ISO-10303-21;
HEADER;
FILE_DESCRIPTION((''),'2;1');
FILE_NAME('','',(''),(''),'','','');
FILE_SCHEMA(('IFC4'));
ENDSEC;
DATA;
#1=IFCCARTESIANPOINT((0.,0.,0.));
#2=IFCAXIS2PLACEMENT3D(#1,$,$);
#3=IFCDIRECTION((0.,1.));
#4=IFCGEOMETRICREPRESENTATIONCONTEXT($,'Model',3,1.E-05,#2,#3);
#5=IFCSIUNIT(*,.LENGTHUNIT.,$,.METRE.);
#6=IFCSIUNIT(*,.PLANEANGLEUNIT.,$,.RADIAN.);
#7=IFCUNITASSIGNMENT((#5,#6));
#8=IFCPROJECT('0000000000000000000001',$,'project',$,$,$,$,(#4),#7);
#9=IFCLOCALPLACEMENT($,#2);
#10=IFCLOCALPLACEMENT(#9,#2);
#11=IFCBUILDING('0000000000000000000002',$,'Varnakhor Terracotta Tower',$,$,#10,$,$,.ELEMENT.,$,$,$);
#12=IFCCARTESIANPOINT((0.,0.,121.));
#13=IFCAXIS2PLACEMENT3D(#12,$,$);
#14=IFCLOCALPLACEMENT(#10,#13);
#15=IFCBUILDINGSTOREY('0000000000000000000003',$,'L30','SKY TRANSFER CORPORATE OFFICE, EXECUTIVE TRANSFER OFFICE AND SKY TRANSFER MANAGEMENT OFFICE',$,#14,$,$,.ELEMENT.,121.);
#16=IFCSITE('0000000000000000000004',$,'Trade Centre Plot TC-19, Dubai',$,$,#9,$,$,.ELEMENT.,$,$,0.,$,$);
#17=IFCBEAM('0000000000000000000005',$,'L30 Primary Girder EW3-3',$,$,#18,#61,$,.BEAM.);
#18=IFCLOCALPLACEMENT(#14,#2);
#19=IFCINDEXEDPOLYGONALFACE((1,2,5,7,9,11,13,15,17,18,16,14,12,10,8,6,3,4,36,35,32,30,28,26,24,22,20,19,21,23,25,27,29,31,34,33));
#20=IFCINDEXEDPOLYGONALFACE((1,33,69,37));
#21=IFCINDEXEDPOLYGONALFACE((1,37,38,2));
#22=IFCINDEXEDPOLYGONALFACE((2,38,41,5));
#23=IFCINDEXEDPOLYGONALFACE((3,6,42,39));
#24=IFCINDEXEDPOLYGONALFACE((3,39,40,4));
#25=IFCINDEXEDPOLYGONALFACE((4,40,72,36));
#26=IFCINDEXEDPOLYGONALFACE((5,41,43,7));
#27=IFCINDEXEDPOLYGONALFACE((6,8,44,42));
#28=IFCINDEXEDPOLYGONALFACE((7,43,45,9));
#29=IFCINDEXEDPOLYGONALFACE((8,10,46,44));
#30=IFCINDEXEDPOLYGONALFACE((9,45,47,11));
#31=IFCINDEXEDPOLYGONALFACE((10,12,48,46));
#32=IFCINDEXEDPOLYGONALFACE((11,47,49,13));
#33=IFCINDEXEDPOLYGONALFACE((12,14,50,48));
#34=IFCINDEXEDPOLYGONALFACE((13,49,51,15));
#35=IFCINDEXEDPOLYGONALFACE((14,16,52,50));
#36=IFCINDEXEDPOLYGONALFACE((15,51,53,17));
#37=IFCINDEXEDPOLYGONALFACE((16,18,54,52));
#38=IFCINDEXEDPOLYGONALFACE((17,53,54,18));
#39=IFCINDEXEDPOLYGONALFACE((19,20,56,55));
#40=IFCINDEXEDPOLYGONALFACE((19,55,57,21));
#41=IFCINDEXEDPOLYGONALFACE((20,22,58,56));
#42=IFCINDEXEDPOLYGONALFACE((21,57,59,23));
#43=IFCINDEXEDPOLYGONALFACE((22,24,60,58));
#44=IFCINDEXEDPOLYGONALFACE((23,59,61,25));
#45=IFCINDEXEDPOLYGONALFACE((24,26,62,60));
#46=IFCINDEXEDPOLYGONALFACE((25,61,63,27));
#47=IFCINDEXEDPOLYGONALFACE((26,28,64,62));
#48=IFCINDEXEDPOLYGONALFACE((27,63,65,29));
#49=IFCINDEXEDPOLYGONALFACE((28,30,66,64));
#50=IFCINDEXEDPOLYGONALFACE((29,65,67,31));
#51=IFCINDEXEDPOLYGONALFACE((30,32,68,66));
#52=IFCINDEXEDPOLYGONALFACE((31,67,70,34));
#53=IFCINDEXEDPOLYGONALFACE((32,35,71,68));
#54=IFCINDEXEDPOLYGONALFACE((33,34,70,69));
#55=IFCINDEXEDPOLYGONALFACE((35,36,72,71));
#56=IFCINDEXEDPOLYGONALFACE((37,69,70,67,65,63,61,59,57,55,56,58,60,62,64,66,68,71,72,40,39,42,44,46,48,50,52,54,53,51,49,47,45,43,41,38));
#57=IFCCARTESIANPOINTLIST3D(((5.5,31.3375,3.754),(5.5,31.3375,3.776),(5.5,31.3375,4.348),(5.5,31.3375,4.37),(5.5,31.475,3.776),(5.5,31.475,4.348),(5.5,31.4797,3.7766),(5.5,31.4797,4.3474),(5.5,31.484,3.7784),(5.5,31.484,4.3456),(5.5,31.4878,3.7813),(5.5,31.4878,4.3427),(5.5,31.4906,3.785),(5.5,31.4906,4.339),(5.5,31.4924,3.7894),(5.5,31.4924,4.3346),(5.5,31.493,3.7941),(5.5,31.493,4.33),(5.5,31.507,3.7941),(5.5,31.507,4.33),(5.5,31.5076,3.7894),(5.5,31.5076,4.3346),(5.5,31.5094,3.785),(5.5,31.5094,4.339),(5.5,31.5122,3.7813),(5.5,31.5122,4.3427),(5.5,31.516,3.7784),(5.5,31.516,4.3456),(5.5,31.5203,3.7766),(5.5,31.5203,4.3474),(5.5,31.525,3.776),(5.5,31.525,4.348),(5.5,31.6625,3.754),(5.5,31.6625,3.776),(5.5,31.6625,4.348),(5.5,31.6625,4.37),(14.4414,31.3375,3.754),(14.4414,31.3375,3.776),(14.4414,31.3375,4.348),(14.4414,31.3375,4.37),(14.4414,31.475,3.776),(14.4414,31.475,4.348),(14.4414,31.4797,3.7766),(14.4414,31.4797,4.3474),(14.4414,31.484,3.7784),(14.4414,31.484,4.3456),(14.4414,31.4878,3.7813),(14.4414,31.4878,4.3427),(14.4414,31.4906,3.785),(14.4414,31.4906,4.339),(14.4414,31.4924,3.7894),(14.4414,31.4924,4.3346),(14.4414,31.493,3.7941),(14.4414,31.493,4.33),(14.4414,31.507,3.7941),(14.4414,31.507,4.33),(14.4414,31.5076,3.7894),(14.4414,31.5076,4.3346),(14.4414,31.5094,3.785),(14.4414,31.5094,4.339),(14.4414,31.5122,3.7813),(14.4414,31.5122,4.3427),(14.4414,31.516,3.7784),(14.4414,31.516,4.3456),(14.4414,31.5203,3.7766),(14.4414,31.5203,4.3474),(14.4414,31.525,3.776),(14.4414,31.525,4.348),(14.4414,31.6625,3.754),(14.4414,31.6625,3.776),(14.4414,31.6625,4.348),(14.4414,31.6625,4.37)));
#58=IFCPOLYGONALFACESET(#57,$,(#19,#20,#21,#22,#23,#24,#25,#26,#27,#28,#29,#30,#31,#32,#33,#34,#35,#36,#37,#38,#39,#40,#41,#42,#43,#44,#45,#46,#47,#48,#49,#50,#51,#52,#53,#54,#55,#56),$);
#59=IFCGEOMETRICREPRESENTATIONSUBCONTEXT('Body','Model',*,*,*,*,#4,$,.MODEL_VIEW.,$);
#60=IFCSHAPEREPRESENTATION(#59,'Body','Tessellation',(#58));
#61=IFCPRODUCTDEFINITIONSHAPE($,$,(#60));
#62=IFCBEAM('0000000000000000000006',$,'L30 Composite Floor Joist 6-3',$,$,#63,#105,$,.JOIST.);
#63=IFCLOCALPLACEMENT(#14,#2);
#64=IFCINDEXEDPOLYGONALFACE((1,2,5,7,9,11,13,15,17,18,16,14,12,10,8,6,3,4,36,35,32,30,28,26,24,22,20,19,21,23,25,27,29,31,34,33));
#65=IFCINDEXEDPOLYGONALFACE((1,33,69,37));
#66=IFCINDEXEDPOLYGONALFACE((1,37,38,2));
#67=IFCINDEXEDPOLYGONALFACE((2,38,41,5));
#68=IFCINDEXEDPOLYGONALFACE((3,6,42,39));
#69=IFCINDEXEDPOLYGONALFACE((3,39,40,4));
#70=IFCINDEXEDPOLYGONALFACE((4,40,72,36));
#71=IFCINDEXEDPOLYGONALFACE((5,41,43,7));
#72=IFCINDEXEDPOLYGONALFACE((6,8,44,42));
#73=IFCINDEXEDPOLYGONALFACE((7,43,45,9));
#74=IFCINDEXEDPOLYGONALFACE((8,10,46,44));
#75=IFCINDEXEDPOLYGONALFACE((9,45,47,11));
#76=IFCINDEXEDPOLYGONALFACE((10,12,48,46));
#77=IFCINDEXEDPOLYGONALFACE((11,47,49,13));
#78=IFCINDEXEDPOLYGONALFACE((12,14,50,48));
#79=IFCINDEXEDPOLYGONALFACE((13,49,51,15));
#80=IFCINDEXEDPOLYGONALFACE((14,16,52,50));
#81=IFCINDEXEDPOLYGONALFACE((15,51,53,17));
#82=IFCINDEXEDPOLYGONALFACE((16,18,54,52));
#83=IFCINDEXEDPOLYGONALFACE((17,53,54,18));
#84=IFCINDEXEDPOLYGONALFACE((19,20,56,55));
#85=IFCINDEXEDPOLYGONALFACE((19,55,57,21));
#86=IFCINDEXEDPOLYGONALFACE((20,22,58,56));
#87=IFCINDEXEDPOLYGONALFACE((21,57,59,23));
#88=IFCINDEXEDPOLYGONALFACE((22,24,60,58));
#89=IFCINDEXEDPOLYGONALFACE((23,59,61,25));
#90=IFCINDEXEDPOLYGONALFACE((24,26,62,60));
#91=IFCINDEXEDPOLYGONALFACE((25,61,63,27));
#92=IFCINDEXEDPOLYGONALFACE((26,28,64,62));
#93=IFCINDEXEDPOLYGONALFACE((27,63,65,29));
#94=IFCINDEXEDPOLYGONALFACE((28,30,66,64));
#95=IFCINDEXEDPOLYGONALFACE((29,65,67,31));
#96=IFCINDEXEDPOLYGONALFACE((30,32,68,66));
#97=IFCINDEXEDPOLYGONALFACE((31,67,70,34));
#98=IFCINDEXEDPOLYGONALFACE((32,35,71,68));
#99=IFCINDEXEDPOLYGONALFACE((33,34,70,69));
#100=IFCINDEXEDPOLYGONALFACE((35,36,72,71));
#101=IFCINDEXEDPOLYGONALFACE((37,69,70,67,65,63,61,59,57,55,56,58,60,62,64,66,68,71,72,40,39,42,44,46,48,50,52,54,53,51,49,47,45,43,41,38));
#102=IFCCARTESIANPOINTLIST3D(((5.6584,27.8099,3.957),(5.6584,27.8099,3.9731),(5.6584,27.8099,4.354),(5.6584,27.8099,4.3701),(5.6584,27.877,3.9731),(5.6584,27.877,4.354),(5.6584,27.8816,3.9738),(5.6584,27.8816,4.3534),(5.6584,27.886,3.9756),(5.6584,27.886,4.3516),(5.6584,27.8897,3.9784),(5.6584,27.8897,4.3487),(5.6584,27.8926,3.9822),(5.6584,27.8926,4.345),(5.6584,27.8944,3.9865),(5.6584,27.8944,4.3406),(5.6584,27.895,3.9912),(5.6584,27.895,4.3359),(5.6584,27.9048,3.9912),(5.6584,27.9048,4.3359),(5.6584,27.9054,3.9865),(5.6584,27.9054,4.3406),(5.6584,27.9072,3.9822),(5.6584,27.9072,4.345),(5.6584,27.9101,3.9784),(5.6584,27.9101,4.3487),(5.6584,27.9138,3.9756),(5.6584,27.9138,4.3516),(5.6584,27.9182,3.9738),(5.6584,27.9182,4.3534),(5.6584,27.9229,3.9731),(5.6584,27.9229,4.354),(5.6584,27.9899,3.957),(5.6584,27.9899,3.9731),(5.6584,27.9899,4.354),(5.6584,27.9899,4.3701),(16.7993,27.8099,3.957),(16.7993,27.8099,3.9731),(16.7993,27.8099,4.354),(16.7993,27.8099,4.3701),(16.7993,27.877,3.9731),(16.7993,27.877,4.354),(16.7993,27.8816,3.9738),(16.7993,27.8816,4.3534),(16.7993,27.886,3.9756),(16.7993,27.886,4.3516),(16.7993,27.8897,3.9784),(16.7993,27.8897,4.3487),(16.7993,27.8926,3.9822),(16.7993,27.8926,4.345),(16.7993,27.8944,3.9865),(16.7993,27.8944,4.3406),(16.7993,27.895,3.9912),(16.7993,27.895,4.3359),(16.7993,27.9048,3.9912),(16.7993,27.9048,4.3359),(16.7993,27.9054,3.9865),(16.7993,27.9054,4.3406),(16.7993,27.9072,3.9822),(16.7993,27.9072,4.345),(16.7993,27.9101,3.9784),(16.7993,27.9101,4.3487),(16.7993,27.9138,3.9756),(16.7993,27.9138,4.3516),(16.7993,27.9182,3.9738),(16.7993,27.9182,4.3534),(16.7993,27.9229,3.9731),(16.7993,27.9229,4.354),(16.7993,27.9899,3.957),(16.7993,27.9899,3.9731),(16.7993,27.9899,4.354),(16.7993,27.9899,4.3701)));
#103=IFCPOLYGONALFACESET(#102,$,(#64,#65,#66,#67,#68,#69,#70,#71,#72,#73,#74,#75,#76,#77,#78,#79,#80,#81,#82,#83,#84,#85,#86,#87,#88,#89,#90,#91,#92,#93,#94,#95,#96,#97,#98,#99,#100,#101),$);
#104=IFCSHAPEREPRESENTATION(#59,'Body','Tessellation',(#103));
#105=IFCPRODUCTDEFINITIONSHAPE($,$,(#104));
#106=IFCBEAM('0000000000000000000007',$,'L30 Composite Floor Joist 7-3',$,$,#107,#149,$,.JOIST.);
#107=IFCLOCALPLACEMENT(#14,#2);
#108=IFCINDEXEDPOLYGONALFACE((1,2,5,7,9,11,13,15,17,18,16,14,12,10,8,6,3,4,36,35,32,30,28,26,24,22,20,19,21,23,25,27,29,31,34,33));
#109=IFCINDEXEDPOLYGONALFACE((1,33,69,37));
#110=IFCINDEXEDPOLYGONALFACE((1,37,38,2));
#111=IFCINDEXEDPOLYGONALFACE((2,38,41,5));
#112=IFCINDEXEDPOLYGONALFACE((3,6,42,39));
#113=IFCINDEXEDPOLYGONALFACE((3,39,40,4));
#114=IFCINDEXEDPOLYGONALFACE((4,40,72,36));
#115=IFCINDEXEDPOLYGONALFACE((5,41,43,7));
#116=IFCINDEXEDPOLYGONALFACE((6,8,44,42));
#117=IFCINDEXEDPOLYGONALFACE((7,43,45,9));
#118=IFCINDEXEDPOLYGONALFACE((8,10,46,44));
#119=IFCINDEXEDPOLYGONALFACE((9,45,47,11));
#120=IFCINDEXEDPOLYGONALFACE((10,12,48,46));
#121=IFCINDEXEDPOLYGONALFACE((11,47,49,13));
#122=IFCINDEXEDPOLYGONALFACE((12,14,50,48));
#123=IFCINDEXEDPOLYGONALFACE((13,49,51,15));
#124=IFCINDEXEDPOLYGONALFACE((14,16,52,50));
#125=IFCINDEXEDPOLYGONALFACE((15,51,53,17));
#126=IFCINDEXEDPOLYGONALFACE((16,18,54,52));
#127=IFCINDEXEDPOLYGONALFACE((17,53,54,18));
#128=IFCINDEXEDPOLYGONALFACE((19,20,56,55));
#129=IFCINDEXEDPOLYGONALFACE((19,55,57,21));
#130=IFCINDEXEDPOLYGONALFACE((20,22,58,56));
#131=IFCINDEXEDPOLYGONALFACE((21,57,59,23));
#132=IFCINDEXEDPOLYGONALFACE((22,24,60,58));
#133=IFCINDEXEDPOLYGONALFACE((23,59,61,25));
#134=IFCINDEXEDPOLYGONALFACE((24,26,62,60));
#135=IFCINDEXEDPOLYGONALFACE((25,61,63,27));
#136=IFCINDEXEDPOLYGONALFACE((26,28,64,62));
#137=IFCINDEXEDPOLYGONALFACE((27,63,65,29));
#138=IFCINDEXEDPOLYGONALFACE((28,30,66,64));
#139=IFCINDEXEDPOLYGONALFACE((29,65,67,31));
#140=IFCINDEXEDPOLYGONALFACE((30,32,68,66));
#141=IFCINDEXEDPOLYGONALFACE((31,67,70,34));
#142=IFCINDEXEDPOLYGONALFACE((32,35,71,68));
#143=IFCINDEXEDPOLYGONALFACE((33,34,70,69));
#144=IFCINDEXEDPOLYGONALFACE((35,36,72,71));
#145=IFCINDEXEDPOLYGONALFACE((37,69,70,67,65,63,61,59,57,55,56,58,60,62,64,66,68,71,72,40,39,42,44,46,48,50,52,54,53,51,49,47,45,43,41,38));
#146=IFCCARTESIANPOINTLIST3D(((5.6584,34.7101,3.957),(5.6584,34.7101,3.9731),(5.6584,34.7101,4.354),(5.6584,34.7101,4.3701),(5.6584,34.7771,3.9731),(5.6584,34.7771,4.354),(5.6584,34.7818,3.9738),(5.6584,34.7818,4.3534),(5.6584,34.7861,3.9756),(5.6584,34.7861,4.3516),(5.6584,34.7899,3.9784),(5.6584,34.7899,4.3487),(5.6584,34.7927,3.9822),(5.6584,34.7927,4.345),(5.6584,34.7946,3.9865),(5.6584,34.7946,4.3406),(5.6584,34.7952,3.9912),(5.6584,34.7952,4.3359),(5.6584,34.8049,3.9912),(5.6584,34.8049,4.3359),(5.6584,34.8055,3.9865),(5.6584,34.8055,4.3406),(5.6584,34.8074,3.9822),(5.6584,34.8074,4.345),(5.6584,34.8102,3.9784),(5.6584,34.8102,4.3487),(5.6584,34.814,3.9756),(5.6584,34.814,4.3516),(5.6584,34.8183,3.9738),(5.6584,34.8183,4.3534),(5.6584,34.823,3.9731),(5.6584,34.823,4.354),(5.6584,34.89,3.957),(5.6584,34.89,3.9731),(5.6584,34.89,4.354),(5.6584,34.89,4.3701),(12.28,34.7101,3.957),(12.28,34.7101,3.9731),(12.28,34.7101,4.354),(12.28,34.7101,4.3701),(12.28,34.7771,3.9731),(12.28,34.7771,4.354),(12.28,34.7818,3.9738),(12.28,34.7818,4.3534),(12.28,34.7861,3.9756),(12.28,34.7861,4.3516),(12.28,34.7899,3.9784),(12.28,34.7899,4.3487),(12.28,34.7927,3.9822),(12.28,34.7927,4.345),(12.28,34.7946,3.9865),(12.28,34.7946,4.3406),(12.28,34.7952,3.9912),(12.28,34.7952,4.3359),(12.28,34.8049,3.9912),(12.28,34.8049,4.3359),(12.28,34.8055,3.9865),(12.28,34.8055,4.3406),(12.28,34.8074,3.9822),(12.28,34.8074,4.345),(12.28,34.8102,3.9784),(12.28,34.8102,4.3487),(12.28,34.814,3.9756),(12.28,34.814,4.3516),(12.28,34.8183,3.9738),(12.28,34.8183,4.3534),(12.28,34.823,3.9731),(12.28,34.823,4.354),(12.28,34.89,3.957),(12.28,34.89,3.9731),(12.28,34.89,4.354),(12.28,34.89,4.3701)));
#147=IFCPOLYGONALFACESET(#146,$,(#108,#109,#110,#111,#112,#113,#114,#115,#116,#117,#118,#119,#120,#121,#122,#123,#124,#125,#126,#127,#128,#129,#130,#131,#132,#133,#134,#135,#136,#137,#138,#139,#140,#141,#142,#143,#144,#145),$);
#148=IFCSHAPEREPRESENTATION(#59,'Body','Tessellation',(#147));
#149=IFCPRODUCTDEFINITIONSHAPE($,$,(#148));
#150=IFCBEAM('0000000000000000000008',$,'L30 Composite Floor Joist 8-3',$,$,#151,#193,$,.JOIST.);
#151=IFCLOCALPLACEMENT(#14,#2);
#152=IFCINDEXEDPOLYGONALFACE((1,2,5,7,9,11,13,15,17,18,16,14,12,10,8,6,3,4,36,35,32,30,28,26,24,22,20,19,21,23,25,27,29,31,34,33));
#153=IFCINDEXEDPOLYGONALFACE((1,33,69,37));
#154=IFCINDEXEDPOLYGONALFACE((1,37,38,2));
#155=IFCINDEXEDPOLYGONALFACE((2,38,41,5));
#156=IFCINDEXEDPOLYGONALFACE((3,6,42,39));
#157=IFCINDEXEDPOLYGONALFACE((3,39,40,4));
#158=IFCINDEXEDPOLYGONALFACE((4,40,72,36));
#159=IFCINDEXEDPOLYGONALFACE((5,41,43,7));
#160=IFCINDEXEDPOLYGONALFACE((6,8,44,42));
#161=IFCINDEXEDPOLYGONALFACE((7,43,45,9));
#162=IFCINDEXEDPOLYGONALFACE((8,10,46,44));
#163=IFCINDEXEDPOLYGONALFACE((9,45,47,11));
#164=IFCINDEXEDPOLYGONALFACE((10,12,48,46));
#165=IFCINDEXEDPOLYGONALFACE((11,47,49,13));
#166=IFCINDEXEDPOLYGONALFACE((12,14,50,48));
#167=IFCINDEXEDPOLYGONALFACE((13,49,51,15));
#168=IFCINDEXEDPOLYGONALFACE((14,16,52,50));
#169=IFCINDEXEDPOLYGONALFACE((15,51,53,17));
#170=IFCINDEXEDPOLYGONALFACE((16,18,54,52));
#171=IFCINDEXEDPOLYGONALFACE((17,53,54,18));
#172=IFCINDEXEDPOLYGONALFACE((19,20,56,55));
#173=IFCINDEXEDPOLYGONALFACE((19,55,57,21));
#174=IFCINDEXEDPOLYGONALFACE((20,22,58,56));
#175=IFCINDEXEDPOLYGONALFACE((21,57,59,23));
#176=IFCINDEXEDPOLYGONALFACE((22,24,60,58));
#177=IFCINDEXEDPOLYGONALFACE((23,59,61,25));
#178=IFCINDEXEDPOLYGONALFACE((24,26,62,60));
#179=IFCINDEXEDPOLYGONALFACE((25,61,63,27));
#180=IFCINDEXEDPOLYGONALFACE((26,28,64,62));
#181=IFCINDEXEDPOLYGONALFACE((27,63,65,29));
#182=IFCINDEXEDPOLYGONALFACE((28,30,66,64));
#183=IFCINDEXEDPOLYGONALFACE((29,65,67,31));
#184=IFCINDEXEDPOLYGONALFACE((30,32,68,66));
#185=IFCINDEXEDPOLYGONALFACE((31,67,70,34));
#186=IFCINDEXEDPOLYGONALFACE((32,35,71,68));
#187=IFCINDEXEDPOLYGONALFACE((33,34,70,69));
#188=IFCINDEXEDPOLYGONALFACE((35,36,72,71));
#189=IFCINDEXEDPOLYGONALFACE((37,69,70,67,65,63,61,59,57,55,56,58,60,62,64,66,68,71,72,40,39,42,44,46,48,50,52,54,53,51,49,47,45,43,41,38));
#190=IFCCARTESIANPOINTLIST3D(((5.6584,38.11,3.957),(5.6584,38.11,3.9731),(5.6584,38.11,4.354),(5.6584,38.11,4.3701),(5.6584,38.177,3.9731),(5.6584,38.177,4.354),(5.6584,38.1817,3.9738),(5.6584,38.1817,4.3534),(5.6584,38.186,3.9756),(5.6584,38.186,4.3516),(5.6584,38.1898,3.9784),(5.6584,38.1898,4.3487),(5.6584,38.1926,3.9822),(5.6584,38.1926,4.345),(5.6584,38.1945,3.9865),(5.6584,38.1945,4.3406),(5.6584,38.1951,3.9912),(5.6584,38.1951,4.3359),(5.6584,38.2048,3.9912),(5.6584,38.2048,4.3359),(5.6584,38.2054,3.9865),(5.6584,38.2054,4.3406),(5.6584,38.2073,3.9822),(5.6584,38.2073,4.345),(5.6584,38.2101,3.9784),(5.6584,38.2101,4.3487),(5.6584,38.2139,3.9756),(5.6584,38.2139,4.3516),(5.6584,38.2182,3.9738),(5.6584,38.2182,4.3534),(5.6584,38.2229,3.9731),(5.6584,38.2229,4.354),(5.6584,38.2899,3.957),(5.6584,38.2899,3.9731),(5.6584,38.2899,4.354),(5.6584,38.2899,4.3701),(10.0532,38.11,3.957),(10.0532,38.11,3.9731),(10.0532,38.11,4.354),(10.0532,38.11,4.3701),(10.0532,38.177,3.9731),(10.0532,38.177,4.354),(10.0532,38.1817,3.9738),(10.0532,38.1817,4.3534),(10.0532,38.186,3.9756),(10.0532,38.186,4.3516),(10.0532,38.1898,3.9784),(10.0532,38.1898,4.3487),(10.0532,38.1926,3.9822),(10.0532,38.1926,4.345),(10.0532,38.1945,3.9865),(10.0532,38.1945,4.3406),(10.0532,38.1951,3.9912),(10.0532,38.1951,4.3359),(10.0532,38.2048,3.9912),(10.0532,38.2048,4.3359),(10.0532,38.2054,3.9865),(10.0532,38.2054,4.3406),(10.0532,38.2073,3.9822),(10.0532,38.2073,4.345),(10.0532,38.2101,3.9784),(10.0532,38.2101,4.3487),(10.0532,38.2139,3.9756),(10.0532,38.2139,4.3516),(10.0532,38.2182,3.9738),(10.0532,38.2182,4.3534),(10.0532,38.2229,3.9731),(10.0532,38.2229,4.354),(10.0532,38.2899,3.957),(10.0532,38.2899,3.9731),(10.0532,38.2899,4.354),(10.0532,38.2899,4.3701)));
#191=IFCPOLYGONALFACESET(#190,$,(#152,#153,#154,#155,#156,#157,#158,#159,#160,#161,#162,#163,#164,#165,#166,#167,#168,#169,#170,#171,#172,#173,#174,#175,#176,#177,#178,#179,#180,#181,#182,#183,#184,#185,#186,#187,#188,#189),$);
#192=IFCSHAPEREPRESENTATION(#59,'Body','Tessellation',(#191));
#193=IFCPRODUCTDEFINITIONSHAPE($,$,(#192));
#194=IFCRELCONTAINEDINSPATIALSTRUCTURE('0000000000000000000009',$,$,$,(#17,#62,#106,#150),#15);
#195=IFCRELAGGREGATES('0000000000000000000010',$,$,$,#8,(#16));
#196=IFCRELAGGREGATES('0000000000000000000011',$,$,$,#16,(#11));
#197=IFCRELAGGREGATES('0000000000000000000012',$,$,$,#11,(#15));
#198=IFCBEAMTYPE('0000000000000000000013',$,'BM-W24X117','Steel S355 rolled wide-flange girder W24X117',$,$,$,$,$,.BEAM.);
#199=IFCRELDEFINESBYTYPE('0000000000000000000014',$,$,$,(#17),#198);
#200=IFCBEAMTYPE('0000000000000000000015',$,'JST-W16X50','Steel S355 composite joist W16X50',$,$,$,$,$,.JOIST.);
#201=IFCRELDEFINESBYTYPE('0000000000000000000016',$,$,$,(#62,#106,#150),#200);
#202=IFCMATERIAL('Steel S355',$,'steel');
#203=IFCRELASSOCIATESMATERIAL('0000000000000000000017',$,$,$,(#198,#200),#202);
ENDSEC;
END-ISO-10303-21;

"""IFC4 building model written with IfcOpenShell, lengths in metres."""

from ifc_helpers import new_model, si_unit, direction, frame, origin, origin_2d, place, context, subcontext, project, spatial, i_section, extrude, source, transform, mapped, material, material_profile, profile_set, type_object, element, save


model = new_model("IFC4")

# Units and contexts
model_context = context("Model", 3, precision=1e-05, world=origin(), true_north=direction((0.0, 1.0)))
body_context = subcontext(model_context, "Body", "Model", "MODEL_VIEW")
ifc_project = project(units=[si_unit("LENGTHUNIT", "METRE"), si_unit("PLANEANGLEUNIT", "RADIAN")], contexts=[model_context])

# Site, building, storey
site_placement = place(None, origin())
site = spatial("IfcSite", under=ifc_project, at=site_placement, Name="Trade Centre Plot TC-19, Dubai", CompositionType="ELEMENT", RefElevation=0.0)
building_placement = place(site_placement, origin())
building = spatial("IfcBuilding", under=site, at=building_placement, Name="Varnakhor Terracotta Tower", CompositionType="ELEMENT")
storey_placement = place(building_placement, frame((0.0, 0.0, 121.0)))
storey = spatial("IfcBuildingStorey", under=building, at=storey_placement, Name="L30", Description="SKY TRANSFER CORPORATE OFFICE, EXECUTIVE TRANSFER OFFICE AND SKY TRANSFER MANAGEMENT OFFICE", CompositionType="ELEMENT", Elevation=121.0)

# Beams
ifc_material_1 = material(Name="Steel S355", Category="steel")
ifc_material_profile_1 = material_profile(ifc_material_1, i_section(OverallWidth=0.325, OverallDepth=0.616, WebThickness=0.0139, FlangeThickness=0.022, FilletRadius=0.0181, at=origin_2d()), Name="W24X117")
ifc_profile_set_1 = profile_set([ifc_material_profile_1], Name="Steel S355")
beam_type_1 = type_object("IfcBeamType", Name="BM-W24X117", Description="Steel S355 rolled wide-flange girder W24X117", PredefinedType="BEAM", material=ifc_profile_set_1)
shared_shape_1 = source(origin(), body_context, "Body", "SweptSolid", [
    extrude(i_section(OverallWidth=0.325, OverallDepth=0.616, WebThickness=0.0139, FlangeThickness=0.022, FilletRadius=0.0181, at=origin_2d()), origin(), (0.0, 0.0, 1.0), 8.9414),
])
beam_1_placement = place(storey_placement, frame((5.5, 31.5, 4.062), z_axis=(1.0, 0.0, 0.0), x_axis=(0.0, 1.0, 0.0)))
element("IfcBeam", 1, at=beam_1_placement, inside=storey, type_object=beam_type_1, Name="L30 Primary Girder EW3-3", PredefinedType="BEAM", context=body_context, shape_type="MappedRepresentation", body=[
    mapped(shared_shape_1, transform((0.0, 0.0, 0.0), scale=1.0)),
])
ifc_material_profile_2 = material_profile(ifc_material_1, i_section(OverallWidth=0.1799, OverallDepth=0.4131, WebThickness=0.0098, FlangeThickness=0.0161, FilletRadius=0.0181, at=origin_2d()), Name="W16X50")
ifc_profile_set_2 = profile_set([ifc_material_profile_2], Name="Steel S355")
beam_type_2 = type_object("IfcBeamType", Name="JST-W16X50", Description="Steel S355 composite joist W16X50", PredefinedType="JOIST", material=ifc_profile_set_2)
shared_shape_2 = source(origin(), body_context, "Body", "SweptSolid", [
    extrude(i_section(OverallWidth=0.1799, OverallDepth=0.4131, WebThickness=0.0098, FlangeThickness=0.0161, FilletRadius=0.0181, at=origin_2d()), origin(), (0.0, 0.0, 1.0), 11.1409),
])
beam_2_placement = place(storey_placement, frame((5.6584, 27.8999, 4.1636), z_axis=(1.0, 0.0, 0.0), x_axis=(0.0, 1.0, 0.0)))
element("IfcBeam", 2, at=beam_2_placement, inside=storey, type_object=beam_type_2, Name="L30 Composite Floor Joist 6-3", PredefinedType="JOIST", context=body_context, shape_type="MappedRepresentation", body=[
    mapped(shared_shape_2, transform((0.0, 0.0, 0.0), scale=1.0)),
])
shared_shape_3 = source(origin(), body_context, "Body", "SweptSolid", [
    extrude(i_section(OverallWidth=0.1799, OverallDepth=0.4131, WebThickness=0.0098, FlangeThickness=0.0161, FilletRadius=0.0181, at=origin_2d()), origin(), (0.0, 0.0, 1.0), 6.6216),
])
beam_3_placement = place(storey_placement, frame((5.6584, 34.8, 4.1636), z_axis=(1.0, 0.0, 0.0), x_axis=(0.0, 1.0, 0.0)))
element("IfcBeam", 3, at=beam_3_placement, inside=storey, type_object=beam_type_2, Name="L30 Composite Floor Joist 7-3", PredefinedType="JOIST", context=body_context, shape_type="MappedRepresentation", body=[
    mapped(shared_shape_3, transform((0.0, 0.0, 0.0), scale=1.0)),
])
shared_shape_4 = source(origin(), body_context, "Body", "SweptSolid", [
    extrude(i_section(OverallWidth=0.1799, OverallDepth=0.4131, WebThickness=0.0098, FlangeThickness=0.0161, FilletRadius=0.0181, at=origin_2d()), origin(), (0.0, 0.0, 1.0), 4.3948),
])
beam_4_placement = place(storey_placement, frame((5.6584, 38.2, 4.1636), z_axis=(1.0, 0.0, 0.0), x_axis=(0.0, 1.0, 0.0)))
element("IfcBeam", 4, at=beam_4_placement, inside=storey, type_object=beam_type_2, Name="L30 Composite Floor Joist 8-3", PredefinedType="JOIST", context=body_context, shape_type="MappedRepresentation", body=[
    mapped(shared_shape_4, transform((0.0, 0.0, 0.0), scale=1.0)),
])

save(model, "model.ifc")
